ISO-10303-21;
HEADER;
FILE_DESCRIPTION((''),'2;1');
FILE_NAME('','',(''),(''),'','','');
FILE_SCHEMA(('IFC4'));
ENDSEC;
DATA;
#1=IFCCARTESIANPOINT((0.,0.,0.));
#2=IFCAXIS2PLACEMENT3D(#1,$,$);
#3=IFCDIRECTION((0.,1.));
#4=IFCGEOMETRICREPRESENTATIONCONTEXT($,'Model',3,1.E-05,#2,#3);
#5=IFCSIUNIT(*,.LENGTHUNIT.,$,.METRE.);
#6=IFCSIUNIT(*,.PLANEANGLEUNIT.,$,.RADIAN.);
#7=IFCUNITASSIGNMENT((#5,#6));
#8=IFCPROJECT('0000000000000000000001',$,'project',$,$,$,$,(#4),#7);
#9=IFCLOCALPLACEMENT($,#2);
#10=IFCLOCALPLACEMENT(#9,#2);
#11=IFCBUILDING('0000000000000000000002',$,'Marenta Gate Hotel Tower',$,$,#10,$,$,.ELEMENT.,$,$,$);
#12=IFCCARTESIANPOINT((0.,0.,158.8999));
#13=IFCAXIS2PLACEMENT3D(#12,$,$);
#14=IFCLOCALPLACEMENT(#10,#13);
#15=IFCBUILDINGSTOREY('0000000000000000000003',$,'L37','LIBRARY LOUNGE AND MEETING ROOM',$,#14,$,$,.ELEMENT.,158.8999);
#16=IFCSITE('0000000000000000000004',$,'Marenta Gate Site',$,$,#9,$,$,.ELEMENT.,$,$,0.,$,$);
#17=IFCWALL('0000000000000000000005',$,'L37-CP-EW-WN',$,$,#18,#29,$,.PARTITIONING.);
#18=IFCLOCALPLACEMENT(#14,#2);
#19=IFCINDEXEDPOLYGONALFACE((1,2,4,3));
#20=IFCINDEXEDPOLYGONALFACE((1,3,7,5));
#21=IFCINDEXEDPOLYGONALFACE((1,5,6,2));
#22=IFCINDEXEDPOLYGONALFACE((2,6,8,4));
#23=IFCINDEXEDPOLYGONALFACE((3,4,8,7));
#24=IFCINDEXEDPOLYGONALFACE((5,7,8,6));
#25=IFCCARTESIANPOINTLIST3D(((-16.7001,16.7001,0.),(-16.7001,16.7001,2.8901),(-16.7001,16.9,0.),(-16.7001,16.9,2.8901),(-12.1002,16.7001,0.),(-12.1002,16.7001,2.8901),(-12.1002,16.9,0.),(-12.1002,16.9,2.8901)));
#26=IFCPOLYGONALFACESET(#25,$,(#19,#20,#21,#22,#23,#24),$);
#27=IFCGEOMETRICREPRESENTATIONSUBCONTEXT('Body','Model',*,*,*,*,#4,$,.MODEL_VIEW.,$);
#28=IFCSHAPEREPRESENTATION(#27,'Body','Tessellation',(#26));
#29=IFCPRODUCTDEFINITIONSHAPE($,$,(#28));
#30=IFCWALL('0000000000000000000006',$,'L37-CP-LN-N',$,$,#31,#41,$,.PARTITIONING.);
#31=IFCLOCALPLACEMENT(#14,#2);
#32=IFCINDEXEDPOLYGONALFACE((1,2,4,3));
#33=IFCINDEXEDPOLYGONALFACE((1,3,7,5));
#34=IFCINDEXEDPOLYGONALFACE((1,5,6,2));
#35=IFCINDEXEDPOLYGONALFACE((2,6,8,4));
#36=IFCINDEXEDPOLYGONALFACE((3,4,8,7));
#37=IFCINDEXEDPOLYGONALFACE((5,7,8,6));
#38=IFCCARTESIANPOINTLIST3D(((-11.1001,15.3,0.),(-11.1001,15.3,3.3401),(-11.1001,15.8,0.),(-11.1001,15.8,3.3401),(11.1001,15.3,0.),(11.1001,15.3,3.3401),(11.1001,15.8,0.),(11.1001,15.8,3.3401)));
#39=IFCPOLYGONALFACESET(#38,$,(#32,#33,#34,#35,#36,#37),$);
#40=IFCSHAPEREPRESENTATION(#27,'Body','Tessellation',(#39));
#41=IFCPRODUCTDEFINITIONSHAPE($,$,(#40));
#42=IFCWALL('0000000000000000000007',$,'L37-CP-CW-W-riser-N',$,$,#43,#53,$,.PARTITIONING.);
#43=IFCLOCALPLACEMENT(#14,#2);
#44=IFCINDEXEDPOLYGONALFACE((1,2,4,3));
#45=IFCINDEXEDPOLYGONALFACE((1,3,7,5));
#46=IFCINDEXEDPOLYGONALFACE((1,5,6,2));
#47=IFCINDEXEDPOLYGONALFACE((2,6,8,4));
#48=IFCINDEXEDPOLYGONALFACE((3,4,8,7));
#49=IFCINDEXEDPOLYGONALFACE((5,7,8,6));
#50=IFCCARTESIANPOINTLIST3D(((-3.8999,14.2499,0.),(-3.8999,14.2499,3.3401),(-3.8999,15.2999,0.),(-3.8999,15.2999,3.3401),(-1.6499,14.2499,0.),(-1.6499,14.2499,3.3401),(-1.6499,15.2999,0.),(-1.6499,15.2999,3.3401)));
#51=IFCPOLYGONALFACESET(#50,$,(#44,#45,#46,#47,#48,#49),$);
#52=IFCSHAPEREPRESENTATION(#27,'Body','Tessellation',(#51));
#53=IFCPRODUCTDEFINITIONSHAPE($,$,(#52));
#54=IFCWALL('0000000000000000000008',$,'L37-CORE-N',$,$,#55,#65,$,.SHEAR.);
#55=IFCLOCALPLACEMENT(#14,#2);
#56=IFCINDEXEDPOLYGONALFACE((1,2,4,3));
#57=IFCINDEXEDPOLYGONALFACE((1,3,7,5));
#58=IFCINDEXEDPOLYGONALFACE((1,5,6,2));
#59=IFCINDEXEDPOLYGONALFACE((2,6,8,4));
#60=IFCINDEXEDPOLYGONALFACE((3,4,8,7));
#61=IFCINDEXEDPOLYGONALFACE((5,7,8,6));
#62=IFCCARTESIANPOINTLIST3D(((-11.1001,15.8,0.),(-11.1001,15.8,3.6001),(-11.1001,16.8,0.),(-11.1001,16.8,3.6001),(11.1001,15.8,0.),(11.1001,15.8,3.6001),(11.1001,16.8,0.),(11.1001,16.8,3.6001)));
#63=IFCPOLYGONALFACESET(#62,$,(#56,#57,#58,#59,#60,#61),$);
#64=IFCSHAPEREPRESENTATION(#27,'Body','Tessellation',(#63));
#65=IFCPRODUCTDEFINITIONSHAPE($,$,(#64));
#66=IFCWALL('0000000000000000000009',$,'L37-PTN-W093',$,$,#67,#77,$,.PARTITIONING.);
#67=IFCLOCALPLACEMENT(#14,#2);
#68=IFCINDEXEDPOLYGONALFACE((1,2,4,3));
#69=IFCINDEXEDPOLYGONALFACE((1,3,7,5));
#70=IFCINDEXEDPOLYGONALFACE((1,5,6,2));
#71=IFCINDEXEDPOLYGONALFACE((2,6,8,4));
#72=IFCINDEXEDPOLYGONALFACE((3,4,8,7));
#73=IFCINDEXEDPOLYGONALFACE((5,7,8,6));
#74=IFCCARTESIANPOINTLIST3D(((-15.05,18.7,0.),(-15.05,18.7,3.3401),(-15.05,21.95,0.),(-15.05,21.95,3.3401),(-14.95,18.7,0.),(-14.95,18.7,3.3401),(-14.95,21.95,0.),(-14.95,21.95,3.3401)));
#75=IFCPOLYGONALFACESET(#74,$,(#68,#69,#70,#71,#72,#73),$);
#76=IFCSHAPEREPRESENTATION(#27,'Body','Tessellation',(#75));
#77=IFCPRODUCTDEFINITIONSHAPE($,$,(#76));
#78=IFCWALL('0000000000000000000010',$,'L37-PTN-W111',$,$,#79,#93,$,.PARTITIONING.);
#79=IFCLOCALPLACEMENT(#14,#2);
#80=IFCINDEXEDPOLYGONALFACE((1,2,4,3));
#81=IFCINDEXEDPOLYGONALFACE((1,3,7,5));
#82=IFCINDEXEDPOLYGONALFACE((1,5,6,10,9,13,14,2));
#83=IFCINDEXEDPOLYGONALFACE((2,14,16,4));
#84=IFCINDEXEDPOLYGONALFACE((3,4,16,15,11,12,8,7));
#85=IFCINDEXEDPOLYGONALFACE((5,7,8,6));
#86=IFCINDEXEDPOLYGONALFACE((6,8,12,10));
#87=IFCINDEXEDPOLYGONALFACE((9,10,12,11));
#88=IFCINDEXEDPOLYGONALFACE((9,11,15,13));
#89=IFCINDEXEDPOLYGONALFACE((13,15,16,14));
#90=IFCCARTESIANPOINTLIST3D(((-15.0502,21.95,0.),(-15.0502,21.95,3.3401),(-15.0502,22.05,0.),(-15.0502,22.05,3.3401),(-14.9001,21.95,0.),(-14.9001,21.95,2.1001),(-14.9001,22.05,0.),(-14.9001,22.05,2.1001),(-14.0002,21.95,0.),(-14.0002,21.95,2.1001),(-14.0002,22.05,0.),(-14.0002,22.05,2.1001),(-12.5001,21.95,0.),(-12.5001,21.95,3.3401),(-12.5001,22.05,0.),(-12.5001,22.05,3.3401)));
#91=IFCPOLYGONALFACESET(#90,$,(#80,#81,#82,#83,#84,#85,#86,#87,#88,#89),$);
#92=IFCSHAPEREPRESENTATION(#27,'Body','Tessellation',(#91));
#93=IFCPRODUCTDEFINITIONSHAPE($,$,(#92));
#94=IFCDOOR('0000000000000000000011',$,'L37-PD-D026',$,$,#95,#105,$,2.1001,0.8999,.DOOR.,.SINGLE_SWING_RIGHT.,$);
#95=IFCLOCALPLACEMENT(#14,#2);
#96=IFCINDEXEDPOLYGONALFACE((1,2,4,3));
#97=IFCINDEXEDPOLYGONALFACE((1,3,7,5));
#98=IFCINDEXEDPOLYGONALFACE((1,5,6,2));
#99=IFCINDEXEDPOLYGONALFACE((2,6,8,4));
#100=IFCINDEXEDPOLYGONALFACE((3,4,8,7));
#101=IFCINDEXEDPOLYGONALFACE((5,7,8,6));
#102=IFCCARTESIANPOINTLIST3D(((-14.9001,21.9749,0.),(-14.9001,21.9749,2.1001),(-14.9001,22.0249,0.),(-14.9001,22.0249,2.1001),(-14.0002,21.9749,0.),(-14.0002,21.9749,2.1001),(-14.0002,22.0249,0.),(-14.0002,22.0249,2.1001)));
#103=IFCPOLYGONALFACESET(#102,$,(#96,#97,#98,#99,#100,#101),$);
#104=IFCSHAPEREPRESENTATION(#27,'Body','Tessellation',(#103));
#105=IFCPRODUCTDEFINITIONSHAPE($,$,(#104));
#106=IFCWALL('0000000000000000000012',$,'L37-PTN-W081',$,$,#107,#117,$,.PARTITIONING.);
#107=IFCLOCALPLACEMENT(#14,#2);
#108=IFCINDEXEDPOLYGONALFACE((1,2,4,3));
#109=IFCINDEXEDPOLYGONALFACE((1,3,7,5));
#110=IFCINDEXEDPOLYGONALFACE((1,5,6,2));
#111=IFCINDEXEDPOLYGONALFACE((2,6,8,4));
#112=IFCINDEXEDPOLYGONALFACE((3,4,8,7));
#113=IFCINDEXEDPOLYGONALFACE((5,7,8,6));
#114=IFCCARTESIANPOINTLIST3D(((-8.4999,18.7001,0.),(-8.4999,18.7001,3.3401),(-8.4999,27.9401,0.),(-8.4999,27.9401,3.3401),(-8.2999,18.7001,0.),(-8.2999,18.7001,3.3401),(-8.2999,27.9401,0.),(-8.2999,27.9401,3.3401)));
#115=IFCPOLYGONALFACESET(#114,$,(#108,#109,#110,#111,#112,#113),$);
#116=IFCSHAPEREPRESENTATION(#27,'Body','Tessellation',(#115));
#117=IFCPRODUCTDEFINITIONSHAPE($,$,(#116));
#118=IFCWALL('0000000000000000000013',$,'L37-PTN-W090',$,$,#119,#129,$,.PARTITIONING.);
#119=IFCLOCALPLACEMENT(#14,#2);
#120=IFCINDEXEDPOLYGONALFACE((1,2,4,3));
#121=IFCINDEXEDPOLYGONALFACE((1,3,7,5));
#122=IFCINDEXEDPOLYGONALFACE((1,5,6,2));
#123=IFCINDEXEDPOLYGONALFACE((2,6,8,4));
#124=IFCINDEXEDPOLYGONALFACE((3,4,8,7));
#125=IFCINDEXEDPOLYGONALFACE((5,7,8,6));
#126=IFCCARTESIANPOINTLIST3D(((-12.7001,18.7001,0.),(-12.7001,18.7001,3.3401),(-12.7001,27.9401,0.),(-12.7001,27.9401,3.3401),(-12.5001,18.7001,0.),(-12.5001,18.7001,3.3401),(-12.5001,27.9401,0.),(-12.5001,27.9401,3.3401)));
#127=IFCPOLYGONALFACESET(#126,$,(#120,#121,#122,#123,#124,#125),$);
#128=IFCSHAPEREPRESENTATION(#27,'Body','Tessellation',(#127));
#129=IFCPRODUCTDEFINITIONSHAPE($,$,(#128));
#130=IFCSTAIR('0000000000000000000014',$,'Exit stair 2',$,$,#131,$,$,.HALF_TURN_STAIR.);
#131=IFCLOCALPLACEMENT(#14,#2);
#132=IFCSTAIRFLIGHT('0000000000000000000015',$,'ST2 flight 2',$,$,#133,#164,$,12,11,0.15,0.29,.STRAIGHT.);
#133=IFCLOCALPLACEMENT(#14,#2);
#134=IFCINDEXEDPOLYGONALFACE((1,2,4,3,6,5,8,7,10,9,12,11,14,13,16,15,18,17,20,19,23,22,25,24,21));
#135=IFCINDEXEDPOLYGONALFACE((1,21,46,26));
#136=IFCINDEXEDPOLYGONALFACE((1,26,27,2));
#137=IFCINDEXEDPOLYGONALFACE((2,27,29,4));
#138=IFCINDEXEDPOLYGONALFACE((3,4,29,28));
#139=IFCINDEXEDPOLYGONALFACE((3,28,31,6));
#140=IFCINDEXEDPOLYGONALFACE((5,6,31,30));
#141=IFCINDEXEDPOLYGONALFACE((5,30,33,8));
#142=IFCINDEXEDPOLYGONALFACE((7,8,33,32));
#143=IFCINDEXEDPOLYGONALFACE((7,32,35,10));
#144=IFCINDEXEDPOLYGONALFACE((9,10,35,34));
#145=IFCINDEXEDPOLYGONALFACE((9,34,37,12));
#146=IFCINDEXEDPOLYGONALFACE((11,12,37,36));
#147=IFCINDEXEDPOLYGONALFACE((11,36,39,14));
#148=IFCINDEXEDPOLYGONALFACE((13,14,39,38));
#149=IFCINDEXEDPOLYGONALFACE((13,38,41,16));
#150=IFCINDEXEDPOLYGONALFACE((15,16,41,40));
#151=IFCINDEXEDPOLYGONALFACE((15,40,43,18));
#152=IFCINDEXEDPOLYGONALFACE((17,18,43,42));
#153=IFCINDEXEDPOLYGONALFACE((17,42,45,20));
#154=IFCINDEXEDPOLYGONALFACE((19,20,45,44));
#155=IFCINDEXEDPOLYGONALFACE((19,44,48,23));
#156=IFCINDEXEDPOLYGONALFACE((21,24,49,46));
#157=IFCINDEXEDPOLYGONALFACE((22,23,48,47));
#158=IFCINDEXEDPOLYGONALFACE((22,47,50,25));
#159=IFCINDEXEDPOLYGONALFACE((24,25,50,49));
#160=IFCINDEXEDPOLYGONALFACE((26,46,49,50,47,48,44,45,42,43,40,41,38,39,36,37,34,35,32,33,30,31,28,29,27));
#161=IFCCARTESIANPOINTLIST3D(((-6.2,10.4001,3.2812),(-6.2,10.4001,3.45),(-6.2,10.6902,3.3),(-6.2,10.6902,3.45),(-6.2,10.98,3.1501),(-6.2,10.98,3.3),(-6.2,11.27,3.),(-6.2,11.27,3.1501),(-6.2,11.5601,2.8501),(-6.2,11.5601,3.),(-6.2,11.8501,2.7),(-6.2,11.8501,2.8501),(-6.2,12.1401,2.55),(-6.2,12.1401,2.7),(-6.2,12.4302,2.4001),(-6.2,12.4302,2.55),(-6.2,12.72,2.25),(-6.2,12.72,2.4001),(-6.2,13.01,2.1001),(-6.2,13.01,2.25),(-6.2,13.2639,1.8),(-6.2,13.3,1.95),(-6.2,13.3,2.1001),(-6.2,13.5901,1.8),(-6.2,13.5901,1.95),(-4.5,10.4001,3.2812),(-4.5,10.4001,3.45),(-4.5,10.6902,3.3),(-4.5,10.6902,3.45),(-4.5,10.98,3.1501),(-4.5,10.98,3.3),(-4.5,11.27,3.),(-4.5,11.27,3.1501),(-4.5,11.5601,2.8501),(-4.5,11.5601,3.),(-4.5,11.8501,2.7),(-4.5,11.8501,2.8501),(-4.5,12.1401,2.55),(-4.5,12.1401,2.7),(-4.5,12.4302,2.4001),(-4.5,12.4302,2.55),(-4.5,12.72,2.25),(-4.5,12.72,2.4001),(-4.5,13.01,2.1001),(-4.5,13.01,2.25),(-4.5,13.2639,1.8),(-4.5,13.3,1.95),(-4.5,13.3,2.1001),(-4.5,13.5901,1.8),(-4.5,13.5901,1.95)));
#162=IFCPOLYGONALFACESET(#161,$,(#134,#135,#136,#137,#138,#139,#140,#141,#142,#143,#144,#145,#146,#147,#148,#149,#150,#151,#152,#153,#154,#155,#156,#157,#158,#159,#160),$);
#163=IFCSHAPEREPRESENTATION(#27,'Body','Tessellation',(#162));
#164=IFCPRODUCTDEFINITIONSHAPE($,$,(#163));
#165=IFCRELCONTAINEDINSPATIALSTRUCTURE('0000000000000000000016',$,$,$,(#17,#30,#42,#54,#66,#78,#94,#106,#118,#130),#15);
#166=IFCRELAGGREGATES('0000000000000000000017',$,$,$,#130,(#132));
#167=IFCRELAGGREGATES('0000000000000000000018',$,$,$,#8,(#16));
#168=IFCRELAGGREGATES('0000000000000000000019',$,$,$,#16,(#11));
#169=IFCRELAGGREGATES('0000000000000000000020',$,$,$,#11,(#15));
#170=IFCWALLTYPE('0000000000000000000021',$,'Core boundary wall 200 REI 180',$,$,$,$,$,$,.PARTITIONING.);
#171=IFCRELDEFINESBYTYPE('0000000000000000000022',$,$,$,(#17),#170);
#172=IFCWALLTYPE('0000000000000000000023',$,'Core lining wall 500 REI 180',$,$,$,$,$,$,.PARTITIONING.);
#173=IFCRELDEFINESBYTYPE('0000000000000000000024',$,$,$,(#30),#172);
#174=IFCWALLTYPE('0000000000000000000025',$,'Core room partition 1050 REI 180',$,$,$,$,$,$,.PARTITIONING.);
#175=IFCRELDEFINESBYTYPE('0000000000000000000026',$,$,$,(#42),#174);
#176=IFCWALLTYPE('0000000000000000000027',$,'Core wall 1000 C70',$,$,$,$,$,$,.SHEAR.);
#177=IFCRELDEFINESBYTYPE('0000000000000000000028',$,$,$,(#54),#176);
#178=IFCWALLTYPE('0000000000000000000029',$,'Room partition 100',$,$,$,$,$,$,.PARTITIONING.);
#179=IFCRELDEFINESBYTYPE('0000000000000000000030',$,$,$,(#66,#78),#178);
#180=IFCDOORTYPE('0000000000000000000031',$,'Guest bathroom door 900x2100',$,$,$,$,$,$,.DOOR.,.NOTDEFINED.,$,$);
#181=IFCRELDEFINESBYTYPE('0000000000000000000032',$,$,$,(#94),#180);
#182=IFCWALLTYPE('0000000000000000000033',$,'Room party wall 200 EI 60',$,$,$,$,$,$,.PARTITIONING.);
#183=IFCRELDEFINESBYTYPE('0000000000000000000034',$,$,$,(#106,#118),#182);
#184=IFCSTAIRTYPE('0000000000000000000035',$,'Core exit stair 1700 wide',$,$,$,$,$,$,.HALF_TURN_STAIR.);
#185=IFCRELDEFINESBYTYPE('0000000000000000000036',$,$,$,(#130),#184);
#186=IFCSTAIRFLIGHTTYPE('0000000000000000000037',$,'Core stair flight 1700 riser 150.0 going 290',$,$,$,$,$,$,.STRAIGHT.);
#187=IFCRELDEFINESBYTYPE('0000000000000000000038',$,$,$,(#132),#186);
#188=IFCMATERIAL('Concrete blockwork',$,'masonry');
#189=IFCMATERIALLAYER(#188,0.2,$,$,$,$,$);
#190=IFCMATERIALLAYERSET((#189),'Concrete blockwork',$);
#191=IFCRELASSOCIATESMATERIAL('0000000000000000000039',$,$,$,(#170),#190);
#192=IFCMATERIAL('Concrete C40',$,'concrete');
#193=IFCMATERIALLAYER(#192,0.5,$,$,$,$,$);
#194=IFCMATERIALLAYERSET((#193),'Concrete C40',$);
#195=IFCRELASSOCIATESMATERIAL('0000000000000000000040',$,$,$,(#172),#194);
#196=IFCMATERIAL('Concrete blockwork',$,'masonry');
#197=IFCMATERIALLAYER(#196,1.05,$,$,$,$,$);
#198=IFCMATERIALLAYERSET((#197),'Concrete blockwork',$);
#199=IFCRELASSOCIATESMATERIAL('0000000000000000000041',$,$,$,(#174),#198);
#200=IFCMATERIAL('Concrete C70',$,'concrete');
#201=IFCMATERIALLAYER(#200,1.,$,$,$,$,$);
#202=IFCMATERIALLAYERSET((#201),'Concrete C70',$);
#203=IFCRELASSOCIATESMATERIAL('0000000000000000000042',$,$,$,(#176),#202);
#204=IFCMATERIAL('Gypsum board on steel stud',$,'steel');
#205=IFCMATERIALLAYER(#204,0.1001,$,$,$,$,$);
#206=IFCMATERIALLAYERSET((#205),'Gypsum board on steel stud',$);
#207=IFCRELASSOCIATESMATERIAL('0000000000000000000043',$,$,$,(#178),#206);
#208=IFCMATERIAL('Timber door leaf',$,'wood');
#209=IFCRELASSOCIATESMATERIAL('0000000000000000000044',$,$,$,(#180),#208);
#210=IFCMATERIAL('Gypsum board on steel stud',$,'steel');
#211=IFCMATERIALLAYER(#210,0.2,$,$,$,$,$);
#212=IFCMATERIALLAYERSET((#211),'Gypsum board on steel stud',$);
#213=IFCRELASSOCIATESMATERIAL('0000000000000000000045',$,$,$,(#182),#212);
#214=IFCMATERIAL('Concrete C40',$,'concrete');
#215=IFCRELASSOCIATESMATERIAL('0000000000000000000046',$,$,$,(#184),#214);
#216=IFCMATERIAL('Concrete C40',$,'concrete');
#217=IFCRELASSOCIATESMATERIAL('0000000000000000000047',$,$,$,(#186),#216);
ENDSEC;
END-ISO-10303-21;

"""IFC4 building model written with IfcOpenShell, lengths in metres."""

from ifc_helpers import new_model, si_unit, direction, frame, frame_2d, origin, place, context, subcontext, project, spatial, polyline, rectangle, outline, extrude, material, layer, layer_set, type_object, element, fill, aggregate, save


model = new_model("IFC4")

# Units and contexts
model_context = context("Model", 3, precision=1e-05, world=origin(), true_north=direction((0.0, 1.0)))
body_context = subcontext(model_context, "Body", "Model", "MODEL_VIEW")
ifc_project = project(units=[si_unit("LENGTHUNIT", "METRE"), si_unit("PLANEANGLEUNIT", "RADIAN")], contexts=[model_context])

# Site, building, storey
site_placement = place(None, origin())
site = spatial("IfcSite", under=ifc_project, at=site_placement, Name="Marenta Gate Site", CompositionType="ELEMENT", RefElevation=0.0)
building_placement = place(site_placement, origin())
building = spatial("IfcBuilding", under=site, at=building_placement, Name="Marenta Gate Hotel Tower", CompositionType="ELEMENT")
storey_placement = place(building_placement, frame((0.0, 0.0, 158.8999)))
storey = spatial("IfcBuildingStorey", under=building, at=storey_placement, Name="L37", Description="LIBRARY LOUNGE AND MEETING ROOM", CompositionType="ELEMENT", Elevation=158.8999)

# Walls
ifc_material_1 = material(Name="Concrete blockwork", Category="masonry")
ifc_layer_1 = layer(ifc_material_1, 0.2)
ifc_layer_set_1 = layer_set([ifc_layer_1], Name="Concrete blockwork")
wall_type_1 = type_object("IfcWallType", Name="Core boundary wall 200 REI 180", PredefinedType="PARTITIONING", material=ifc_layer_set_1)
wall_1_placement = place(storey_placement, frame((-16.7, 16.8, 0.0), z_axis=(0.0, 0.0, 1.0), x_axis=(1.0, 0.0, 0.0)))
element("IfcWall", 1, at=wall_1_placement, inside=storey, type_object=wall_type_1, Name="L37-CP-EW-WN", PredefinedType="PARTITIONING", context=body_context, shape_type="SweptSolid", body=[
    extrude(rectangle(XDim=4.5999, YDim=0.2, at=frame_2d((2.2998, 0.0))), origin(), (0.0, 0.0, 1.0), 2.8901),
])
ifc_material_2 = material(Name="Concrete C40", Category="concrete")
ifc_layer_2 = layer(ifc_material_2, 0.5)
ifc_layer_set_2 = layer_set([ifc_layer_2], Name="Concrete C40")
wall_type_2 = type_object("IfcWallType", Name="Core lining wall 500 REI 180", PredefinedType="PARTITIONING", material=ifc_layer_set_2)
wall_2_placement = place(storey_placement, frame((-11.1001, 15.55, 0.0), z_axis=(0.0, 0.0, 1.0), x_axis=(1.0, 0.0, 0.0)))
element("IfcWall", 2, at=wall_2_placement, inside=storey, type_object=wall_type_2, Name="L37-CP-LN-N", PredefinedType="PARTITIONING", context=body_context, shape_type="SweptSolid", body=[
    extrude(rectangle(XDim=22.2002, YDim=0.5, at=frame_2d((11.1001, 0.0))), origin(), (0.0, 0.0, 1.0), 3.3401),
])
ifc_material_3 = material(Name="Concrete blockwork", Category="masonry")
ifc_layer_3 = layer(ifc_material_3, 1.05)
ifc_layer_set_3 = layer_set([ifc_layer_3], Name="Concrete blockwork")
wall_type_3 = type_object("IfcWallType", Name="Core room partition 1050 REI 180", PredefinedType="PARTITIONING", material=ifc_layer_set_3)
wall_3_placement = place(storey_placement, frame((-3.8999, 14.7749, 0.0), z_axis=(0.0, 0.0, 1.0), x_axis=(1.0, 0.0, 0.0)))
element("IfcWall", 3, at=wall_3_placement, inside=storey, type_object=wall_type_3, Name="L37-CP-CW-W-riser-N", PredefinedType="PARTITIONING", context=body_context, shape_type="SweptSolid", body=[
    extrude(rectangle(XDim=2.25, YDim=1.05, at=frame_2d((1.125, 0.0))), origin(), (0.0, 0.0, 1.0), 3.3401),
])
ifc_material_4 = material(Name="Concrete C70", Category="concrete")
ifc_layer_4 = layer(ifc_material_4, 1.0)
ifc_layer_set_4 = layer_set([ifc_layer_4], Name="Concrete C70")
wall_type_4 = type_object("IfcWallType", Name="Core wall 1000 C70", PredefinedType="SHEAR", material=ifc_layer_set_4)
wall_4_placement = place(storey_placement, frame((-11.1001, 16.3, 0.0), z_axis=(0.0, 0.0, 1.0), x_axis=(1.0, 0.0, 0.0)))
element("IfcWall", 4, at=wall_4_placement, inside=storey, type_object=wall_type_4, Name="L37-CORE-N", PredefinedType="SHEAR", context=body_context, shape_type="SweptSolid", body=[
    extrude(rectangle(XDim=22.2002, YDim=1.0, at=frame_2d((11.1001, 0.0))), origin(), (0.0, 0.0, 1.0), 3.6001),
])
ifc_material_5 = material(Name="Gypsum board on steel stud", Category="steel")
ifc_layer_5 = layer(ifc_material_5, 0.1001)
ifc_layer_set_5 = layer_set([ifc_layer_5], Name="Gypsum board on steel stud")
wall_type_5 = type_object("IfcWallType", Name="Room partition 100", PredefinedType="PARTITIONING", material=ifc_layer_set_5)
wall_5_placement = place(storey_placement, frame((-15.0, 18.7, 0.0), z_axis=(0.0, 0.0, 1.0), x_axis=(0.0, 1.0, 0.0)))
element("IfcWall", 5, at=wall_5_placement, inside=storey, type_object=wall_type_5, Name="L37-PTN-W093", PredefinedType="PARTITIONING", context=body_context, shape_type="SweptSolid", body=[
    extrude(rectangle(XDim=3.25, YDim=0.1001, at=frame_2d((1.625, 0.0))), origin(), (0.0, 0.0, 1.0), 3.3401),
])

# Wall, opening, door
wall_6_placement = place(storey_placement, frame((-15.05, 22.0, 0.0), z_axis=(0.0, 0.0, 1.0), x_axis=(1.0, 0.0, 0.0)))
wall_6 = element("IfcWall", 6, at=wall_6_placement, inside=storey, type_object=wall_type_5, Name="L37-PTN-W111", PredefinedType="PARTITIONING", context=body_context, shape_type="SweptSolid", body=[
    extrude(rectangle(XDim=2.55, YDim=0.1001, at=frame_2d((1.2749, 0.0))), origin(), (0.0, 0.0, 1.0), 3.3401),
])
opening_1_placement = place(wall_6_placement, frame((0.1499, 0.0, 0.0)))
opening_1 = element("IfcOpeningElement", 7, at=opening_1_placement, cuts=wall_6, PredefinedType="OPENING", context=body_context, shape_type="SweptSolid", body=[
    extrude(rectangle(XDim=0.8999, YDim=2.1001, at=frame_2d((0.45, 1.05))), frame((0.0, 0.05, 0.0), z_axis=(0.0, -1.0, 0.0), x_axis=(1.0, 0.0, 0.0)), (0.0, 0.0, 1.0), 0.1001),
])
ifc_material_6 = material(Name="Timber door leaf", Category="wood")
door_type_1 = type_object("IfcDoorType", Name="Guest bathroom door 900x2100", OperationType="NOTDEFINED", PredefinedType="DOOR", material=ifc_material_6)
door_1_placement = place(opening_1_placement, origin())
door_1 = element("IfcDoor", 8, at=door_1_placement, inside=storey, type_object=door_type_1, Name="L37-PD-D026", OperationType="SINGLE_SWING_RIGHT", OverallHeight=2.1001, OverallWidth=0.8999, PredefinedType="DOOR", context=body_context, shape_type="SweptSolid", body=[
    extrude(rectangle(XDim=0.8999, YDim=2.1001, at=frame_2d((0.45, 1.05))), frame((0.0, 0.0249, 0.0), z_axis=(0.0, -1.0, 0.0), x_axis=(1.0, 0.0, 0.0)), (0.0, 0.0, 1.0), 0.05),
])
fill(opening_1, door_1)

# Walls
ifc_material_7 = material(Name="Gypsum board on steel stud", Category="steel")
ifc_layer_6 = layer(ifc_material_7, 0.2)
ifc_layer_set_6 = layer_set([ifc_layer_6], Name="Gypsum board on steel stud")
wall_type_6 = type_object("IfcWallType", Name="Room party wall 200 EI 60", PredefinedType="PARTITIONING", material=ifc_layer_set_6)
for number, where, z_axis, x_axis, name in (
    (9, (-8.3999, 18.7, 0.0), (0.0, 0.0, 1.0), (0.0, 1.0, 0.0), "L37-PTN-W081"),
    (10, (-12.6001, 18.7, 0.0), (0.0, 0.0, 1.0), (0.0, 1.0, 0.0), "L37-PTN-W090"),
):
    element("IfcWall", number, at=place(storey_placement, frame(where, z_axis=z_axis, x_axis=x_axis)), inside=storey, type_object=wall_type_6, Name=name, PredefinedType="PARTITIONING", context=body_context, shape_type="SweptSolid", body=[
        extrude(rectangle(XDim=9.24, YDim=0.2, at=frame_2d((4.6201, 0.0))), origin(), (0.0, 0.0, 1.0), 3.3401),
    ])

# Stair, stair flight
ifc_material_8 = material(Name="Concrete C40", Category="concrete")
stair_type = type_object("IfcStairType", Name="Core exit stair 1700 wide", PredefinedType="HALF_TURN_STAIR", material=ifc_material_8)
stair_placement = place(storey_placement, origin())
stair = element("IfcStair", 11, at=stair_placement, inside=storey, type_object=stair_type, Name="Exit stair 2", PredefinedType="HALF_TURN_STAIR")
ifc_material_9 = material(Name="Concrete C40", Category="concrete")
stair_flight_type = type_object("IfcStairFlightType", Name="Core stair flight 1700 riser 150.0 going 290", PredefinedType="STRAIGHT", material=ifc_material_9)
stair_flight_placement = place(storey_placement, frame((-5.3501, 13.5901, 1.8), z_axis=(0.0, 0.0, 1.0), x_axis=(0.0, -1.0, 0.0)))
stair_flight = element("IfcStairFlight", 12, at=stair_flight_placement, type_object=stair_flight_type, Name="ST2 flight 2", NumberOfRisers=12, NumberOfTreads=11, PredefinedType="STRAIGHT", RiserHeight=0.15, TreadLength=0.29, context=body_context, shape_type="SweptSolid", body=[
    extrude(outline(polyline([(0.0, 0.0), (0.0, 0.1499), (0.29, 0.1499), (0.29, 0.3), (0.5801, 0.3), (0.5801, 0.45), (0.8701, 0.45), (0.8701, 0.6001), (1.1599, 0.6001), (1.1599, 0.75), (1.45, 0.75), (1.45, 0.8999), (1.74, 0.8999), (1.74, 1.05), (2.03, 1.05), (2.03, 1.2), (2.3201, 1.2), (2.3201, 1.3501), (2.6101, 1.3501), (2.6101, 1.5), (2.8999, 1.5), (2.8999, 1.6499), (3.1899, 1.6499), (3.1899, 1.8), (3.1899, 1.4812), (0.3262, 0.0), (0.0, 0.0)])), frame((0.0, 0.8501, 0.0), z_axis=(0.0, -1.0, 0.0), x_axis=(1.0, 0.0, 0.0)), (0.0, 0.0, 1.0), 1.7),
])
aggregate(stair, [stair_flight])

save(model, "model.ifc")
